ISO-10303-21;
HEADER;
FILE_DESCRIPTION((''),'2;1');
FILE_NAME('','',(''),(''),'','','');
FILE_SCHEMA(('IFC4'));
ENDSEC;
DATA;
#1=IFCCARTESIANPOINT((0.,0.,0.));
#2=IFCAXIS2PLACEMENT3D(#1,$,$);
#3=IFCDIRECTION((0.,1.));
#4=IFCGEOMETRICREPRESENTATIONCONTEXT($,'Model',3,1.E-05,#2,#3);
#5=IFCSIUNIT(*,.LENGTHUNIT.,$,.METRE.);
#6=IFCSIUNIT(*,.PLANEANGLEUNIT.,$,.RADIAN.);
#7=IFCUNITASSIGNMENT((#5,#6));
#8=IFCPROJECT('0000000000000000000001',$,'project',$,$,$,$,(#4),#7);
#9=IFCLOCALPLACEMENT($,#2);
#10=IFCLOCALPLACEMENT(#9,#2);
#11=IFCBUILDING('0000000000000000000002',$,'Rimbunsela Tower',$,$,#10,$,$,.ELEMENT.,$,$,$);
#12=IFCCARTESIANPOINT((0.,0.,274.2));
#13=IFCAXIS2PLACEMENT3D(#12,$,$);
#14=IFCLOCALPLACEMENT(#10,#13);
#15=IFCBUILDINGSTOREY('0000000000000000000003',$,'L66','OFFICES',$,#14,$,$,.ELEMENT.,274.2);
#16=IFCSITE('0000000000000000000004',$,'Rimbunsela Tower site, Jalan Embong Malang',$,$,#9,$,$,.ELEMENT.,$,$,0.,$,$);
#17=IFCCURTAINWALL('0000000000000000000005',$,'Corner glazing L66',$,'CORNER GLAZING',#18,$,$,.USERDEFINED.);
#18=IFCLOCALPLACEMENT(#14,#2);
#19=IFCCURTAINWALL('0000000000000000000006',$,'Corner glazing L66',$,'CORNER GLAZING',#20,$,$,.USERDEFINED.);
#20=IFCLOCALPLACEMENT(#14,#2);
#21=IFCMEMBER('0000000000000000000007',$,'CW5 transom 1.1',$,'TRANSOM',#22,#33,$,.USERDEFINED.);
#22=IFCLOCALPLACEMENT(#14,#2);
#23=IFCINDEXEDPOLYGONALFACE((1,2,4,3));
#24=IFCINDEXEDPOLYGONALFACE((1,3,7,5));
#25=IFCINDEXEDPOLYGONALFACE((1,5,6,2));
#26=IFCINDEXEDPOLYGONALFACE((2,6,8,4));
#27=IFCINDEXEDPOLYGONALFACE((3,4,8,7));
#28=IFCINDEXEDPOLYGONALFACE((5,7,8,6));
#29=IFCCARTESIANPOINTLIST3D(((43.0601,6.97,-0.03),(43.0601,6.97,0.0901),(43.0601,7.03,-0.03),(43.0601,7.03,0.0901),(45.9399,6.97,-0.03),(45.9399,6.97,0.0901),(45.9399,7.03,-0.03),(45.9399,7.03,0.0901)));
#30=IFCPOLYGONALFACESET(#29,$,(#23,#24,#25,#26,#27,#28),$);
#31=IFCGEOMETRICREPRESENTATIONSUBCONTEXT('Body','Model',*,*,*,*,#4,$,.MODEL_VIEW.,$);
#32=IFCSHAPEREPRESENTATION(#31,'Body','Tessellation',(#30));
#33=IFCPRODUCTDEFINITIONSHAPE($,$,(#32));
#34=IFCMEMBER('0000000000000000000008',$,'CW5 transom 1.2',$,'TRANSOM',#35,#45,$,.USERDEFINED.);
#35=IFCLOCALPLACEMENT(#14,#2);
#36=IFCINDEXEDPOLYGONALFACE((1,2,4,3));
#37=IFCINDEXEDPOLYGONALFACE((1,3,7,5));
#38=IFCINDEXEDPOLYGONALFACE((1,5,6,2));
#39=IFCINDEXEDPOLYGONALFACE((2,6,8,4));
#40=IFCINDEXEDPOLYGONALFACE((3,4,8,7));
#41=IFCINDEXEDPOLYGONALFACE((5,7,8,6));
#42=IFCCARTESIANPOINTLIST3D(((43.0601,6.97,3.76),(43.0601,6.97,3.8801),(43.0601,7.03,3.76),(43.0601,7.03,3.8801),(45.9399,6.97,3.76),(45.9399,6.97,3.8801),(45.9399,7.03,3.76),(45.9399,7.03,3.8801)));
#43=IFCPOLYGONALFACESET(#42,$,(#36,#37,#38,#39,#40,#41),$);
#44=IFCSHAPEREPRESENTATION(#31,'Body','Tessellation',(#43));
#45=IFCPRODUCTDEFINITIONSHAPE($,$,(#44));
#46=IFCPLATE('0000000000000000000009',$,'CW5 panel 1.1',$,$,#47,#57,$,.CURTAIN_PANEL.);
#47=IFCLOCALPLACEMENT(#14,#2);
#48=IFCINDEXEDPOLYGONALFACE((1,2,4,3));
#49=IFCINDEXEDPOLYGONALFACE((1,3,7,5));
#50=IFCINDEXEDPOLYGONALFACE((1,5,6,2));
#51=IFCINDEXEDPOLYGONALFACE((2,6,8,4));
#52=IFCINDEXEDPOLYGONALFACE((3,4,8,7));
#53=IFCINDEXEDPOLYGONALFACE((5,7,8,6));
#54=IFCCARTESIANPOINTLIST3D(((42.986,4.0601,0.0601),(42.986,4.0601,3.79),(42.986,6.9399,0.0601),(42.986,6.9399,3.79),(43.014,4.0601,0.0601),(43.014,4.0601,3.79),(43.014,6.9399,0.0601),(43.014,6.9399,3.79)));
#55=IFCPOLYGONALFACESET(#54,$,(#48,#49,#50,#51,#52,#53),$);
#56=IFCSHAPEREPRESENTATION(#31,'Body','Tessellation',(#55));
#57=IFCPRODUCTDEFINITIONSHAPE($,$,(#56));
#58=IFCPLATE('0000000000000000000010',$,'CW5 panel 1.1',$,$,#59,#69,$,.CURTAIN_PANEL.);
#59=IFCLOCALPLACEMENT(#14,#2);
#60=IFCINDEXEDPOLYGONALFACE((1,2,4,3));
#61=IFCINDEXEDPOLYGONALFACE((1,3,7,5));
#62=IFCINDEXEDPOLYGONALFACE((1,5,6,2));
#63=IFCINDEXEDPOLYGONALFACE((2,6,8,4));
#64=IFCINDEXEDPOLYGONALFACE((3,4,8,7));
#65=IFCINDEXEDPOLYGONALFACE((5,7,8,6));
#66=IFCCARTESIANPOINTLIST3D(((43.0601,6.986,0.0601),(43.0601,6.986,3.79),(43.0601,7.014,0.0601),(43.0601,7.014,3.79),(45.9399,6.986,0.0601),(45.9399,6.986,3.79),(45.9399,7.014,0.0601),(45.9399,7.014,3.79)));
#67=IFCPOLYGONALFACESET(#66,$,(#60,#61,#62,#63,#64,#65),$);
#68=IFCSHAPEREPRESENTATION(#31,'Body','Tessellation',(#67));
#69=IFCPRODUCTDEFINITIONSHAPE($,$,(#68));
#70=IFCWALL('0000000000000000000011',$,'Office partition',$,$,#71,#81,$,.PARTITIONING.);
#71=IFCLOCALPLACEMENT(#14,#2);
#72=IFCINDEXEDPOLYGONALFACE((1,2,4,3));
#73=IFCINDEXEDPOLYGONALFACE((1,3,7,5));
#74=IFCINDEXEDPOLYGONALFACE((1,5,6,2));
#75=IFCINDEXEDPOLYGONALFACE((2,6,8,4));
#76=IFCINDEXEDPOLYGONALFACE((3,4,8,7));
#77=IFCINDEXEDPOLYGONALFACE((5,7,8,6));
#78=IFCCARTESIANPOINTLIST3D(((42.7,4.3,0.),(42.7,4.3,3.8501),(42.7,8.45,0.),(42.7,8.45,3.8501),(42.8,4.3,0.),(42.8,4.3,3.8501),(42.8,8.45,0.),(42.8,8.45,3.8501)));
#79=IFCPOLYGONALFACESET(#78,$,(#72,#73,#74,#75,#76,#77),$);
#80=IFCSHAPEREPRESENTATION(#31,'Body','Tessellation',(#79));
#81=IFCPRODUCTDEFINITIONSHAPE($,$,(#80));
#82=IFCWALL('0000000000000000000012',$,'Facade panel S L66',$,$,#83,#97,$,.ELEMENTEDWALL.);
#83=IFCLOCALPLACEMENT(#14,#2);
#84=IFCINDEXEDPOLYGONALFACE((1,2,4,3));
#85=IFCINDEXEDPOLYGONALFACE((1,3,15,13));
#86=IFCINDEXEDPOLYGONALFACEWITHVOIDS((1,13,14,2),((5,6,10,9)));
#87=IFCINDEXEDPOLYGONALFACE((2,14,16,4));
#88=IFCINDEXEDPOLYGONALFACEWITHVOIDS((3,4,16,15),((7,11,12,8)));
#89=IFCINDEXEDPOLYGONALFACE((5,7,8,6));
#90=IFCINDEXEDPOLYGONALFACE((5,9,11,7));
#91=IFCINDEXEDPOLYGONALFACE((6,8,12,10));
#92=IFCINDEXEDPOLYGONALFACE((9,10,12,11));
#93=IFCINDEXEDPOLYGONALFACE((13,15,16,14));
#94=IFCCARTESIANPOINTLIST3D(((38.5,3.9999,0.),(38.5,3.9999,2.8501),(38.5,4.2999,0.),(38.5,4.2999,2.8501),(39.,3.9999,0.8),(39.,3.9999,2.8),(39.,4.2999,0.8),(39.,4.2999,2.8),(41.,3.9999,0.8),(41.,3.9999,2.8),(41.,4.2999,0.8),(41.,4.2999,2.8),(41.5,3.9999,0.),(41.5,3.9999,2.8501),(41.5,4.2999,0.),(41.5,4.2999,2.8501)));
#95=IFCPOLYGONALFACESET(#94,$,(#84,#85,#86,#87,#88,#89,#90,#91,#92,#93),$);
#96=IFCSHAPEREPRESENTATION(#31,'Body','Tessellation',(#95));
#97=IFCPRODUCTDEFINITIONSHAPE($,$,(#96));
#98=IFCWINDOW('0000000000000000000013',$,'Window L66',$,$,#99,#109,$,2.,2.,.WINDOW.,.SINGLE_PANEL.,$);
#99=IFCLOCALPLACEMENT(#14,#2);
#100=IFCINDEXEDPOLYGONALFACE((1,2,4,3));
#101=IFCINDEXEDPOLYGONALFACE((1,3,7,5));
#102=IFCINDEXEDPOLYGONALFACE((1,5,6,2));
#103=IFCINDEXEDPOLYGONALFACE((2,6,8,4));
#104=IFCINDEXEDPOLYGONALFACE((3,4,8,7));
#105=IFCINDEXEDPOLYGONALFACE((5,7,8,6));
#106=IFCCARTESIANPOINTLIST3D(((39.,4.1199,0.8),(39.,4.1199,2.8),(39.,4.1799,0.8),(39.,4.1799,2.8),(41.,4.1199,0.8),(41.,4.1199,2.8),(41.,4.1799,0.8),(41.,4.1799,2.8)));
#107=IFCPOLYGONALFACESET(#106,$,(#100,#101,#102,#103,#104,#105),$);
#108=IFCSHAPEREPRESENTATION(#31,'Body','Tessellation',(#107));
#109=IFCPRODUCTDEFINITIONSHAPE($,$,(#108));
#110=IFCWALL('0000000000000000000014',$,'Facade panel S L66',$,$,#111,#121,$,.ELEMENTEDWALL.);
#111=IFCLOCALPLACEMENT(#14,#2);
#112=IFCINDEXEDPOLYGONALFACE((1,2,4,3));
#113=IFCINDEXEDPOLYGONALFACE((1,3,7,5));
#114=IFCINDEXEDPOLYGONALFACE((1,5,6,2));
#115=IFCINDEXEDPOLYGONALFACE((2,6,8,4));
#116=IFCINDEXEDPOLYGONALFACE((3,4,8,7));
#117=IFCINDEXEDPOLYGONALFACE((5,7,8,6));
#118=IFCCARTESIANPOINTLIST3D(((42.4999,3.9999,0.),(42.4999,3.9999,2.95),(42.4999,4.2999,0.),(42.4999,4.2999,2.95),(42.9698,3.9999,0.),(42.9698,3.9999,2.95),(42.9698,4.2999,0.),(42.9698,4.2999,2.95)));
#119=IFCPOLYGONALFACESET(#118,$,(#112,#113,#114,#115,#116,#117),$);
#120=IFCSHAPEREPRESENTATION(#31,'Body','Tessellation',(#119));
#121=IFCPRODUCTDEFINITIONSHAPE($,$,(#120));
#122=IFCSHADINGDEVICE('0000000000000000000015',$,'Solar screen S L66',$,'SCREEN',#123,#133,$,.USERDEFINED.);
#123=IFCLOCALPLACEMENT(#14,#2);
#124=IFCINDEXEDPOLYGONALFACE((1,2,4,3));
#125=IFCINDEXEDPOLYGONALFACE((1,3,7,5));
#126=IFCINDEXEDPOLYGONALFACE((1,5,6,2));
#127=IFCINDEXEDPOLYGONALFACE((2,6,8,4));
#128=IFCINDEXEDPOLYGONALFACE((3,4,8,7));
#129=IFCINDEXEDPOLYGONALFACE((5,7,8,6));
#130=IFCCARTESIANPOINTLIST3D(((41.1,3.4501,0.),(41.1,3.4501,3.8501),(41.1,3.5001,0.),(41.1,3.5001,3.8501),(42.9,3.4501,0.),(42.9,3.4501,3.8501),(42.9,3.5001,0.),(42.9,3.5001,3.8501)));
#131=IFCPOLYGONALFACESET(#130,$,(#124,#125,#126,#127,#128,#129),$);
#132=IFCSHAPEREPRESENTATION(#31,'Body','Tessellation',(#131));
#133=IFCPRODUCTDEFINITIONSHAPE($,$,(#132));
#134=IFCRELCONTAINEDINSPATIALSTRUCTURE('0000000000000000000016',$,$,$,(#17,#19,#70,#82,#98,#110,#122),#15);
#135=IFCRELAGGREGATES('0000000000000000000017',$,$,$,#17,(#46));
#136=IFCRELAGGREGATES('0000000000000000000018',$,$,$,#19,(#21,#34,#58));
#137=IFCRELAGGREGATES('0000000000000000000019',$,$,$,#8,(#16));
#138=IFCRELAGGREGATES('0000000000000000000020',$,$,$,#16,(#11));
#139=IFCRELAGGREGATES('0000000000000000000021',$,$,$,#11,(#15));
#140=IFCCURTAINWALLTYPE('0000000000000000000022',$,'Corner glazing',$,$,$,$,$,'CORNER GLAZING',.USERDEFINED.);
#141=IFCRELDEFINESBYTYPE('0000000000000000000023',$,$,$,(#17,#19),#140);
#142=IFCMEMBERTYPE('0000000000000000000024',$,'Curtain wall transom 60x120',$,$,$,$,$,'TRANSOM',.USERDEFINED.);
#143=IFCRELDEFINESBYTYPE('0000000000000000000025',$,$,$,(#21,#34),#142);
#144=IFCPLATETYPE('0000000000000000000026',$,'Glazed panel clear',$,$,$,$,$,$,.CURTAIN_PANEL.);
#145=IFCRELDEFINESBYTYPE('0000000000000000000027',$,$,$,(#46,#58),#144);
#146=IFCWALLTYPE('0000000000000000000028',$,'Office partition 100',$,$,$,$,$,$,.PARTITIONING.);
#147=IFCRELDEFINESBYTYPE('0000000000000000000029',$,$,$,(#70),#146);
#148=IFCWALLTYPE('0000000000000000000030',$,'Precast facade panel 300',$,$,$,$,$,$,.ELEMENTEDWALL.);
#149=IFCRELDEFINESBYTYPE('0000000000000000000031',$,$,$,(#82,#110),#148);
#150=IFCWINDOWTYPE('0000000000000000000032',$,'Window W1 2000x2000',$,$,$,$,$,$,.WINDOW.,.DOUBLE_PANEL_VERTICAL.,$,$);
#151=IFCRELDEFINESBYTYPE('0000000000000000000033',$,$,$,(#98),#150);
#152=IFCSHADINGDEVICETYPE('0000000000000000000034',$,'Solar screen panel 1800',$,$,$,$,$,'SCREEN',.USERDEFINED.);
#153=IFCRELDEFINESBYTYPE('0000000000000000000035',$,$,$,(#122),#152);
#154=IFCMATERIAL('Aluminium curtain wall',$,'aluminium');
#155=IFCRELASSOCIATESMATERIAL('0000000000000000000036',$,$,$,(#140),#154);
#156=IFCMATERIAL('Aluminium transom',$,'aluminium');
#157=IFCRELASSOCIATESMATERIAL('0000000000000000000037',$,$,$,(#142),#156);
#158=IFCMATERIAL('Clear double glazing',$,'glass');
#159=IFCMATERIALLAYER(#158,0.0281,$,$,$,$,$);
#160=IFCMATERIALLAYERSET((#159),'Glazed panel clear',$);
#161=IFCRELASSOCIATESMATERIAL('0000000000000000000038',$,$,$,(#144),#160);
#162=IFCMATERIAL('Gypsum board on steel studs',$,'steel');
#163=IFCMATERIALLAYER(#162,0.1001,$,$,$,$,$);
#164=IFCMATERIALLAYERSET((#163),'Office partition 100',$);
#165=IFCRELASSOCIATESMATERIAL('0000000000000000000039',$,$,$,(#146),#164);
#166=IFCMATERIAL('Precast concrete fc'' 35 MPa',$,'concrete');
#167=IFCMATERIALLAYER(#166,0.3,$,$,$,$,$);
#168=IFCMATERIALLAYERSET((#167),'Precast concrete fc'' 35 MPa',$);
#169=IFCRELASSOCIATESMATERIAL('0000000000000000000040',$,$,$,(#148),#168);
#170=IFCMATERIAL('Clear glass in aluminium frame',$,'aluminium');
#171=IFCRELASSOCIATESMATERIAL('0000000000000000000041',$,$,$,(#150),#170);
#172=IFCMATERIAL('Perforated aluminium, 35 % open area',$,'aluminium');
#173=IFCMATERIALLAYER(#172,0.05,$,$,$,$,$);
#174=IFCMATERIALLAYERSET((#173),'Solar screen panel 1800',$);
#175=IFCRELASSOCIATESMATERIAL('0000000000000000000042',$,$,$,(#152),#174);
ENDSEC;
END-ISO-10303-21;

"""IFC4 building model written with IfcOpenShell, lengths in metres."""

from ifc_helpers import new_model, si_unit, direction, frame, frame_2d, origin, origin_2d, place, context, subcontext, project, spatial, rectangle, extrude, material, layer, layer_set, material_profile, profile_set, type_object, element, fill, aggregate, save


model = new_model("IFC4")

# Units and contexts
model_context = context("Model", 3, precision=1e-05, world=origin(), true_north=direction((0.0, 1.0)))
body_context = subcontext(model_context, "Body", "Model", "MODEL_VIEW")
ifc_project = project(units=[si_unit("LENGTHUNIT", "METRE"), si_unit("PLANEANGLEUNIT", "RADIAN")], contexts=[model_context])

# Site, building, storey
site_placement = place(None, origin())
site = spatial("IfcSite", under=ifc_project, at=site_placement, Name="Rimbunsela Tower site, Jalan Embong Malang", CompositionType="ELEMENT", RefElevation=0.0)
building_placement = place(site_placement, origin())
building = spatial("IfcBuilding", under=site, at=building_placement, Name="Rimbunsela Tower", CompositionType="ELEMENT")
storey_placement = place(building_placement, frame((0.0, 0.0, 274.2)))
storey = spatial("IfcBuildingStorey", under=building, at=storey_placement, Name="L66", Description="OFFICES", CompositionType="ELEMENT", Elevation=274.2)

# Curtain wall
ifc_material_1 = material(Name="Aluminium curtain wall", Category="aluminium")
curtain_wall_type = type_object("IfcCurtainWallType", Name="Corner glazing", ElementType="CORNER GLAZING", PredefinedType="USERDEFINED", material=ifc_material_1)
curtain_wall_1_placement = place(storey_placement, origin())
curtain_wall_1 = element("IfcCurtainWall", 1, at=curtain_wall_1_placement, inside=storey, type_object=curtain_wall_type, Name="Corner glazing L66", ObjectType="CORNER GLAZING", PredefinedType="USERDEFINED")

# Curtain wall
curtain_wall_2_placement = place(storey_placement, origin())
curtain_wall_2 = element("IfcCurtainWall", 2, at=curtain_wall_2_placement, inside=storey, type_object=curtain_wall_type, Name="Corner glazing L66", ObjectType="CORNER GLAZING", PredefinedType="USERDEFINED")

# Members
ifc_material_2 = material(Name="Aluminium transom", Category="aluminium")
ifc_material_profile_1 = material_profile(ifc_material_2, rectangle(XDim=0.0601, YDim=0.1201, at=origin_2d()), Name="Transom 60x120")
ifc_profile_set_1 = profile_set([ifc_material_profile_1], Name="Aluminium transom")
member_type_1 = type_object("IfcMemberType", Name="Curtain wall transom 60x120", ElementType="TRANSOM", PredefinedType="USERDEFINED", material=ifc_profile_set_1)
member_1_placement = place(storey_placement, frame((43.0601, 7.0, 0.03), z_axis=(1.0, 0.0, 0.0), x_axis=(0.0, 1.0, 0.0)))
member_1 = element("IfcMember", 3, at=member_1_placement, type_object=member_type_1, Name="CW5 transom 1.1", ObjectType="TRANSOM", PredefinedType="USERDEFINED", context=body_context, shape_type="SweptSolid", body=[
    extrude(rectangle(XDim=0.0601, YDim=0.1201, at=origin_2d()), origin(), (0.0, 0.0, 1.0), 2.8799),
])
member_2_placement = place(storey_placement, frame((43.0601, 7.0, 3.8201), z_axis=(1.0, 0.0, 0.0), x_axis=(0.0, 1.0, 0.0)))
member_2 = element("IfcMember", 4, at=member_2_placement, type_object=member_type_1, Name="CW5 transom 1.2", ObjectType="TRANSOM", PredefinedType="USERDEFINED", context=body_context, shape_type="SweptSolid", body=[
    extrude(rectangle(XDim=0.0601, YDim=0.1201, at=origin_2d()), origin(), (0.0, 0.0, 1.0), 2.8799),
])

# Plates
ifc_material_3 = material(Name="Clear double glazing", Category="glass")
ifc_layer_1 = layer(ifc_material_3, 0.0281)
ifc_layer_set_1 = layer_set([ifc_layer_1], Name="Glazed panel clear")
plate_type = type_object("IfcPlateType", Name="Glazed panel clear", PredefinedType="CURTAIN_PANEL", material=ifc_layer_set_1)
plate_1_placement = place(storey_placement, frame((43.0, 5.5, 0.0601), z_axis=(0.0, 0.0, 1.0), x_axis=(0.0, 1.0, 0.0)))
plate_1 = element("IfcPlate", 5, at=plate_1_placement, type_object=plate_type, Name="CW5 panel 1.1", PredefinedType="CURTAIN_PANEL", context=body_context, shape_type="SweptSolid", body=[
    extrude(rectangle(XDim=2.8799, YDim=0.0281, at=origin_2d()), origin(), (0.0, 0.0, 1.0), 3.73),
])
aggregate(curtain_wall_1, [plate_1])
plate_2_placement = place(storey_placement, frame((44.5, 7.0, 0.0601), z_axis=(0.0, 0.0, 1.0), x_axis=(1.0, 0.0, 0.0)))
plate_2 = element("IfcPlate", 6, at=plate_2_placement, type_object=plate_type, Name="CW5 panel 1.1", PredefinedType="CURTAIN_PANEL", context=body_context, shape_type="SweptSolid", body=[
    extrude(rectangle(XDim=2.8799, YDim=0.0281, at=origin_2d()), origin(), (0.0, 0.0, 1.0), 3.73),
])
aggregate(curtain_wall_2, [member_1, member_2, plate_2])

# Wall
ifc_material_4 = material(Name="Gypsum board on steel studs", Category="steel")
ifc_layer_2 = layer(ifc_material_4, 0.1001)
ifc_layer_set_2 = layer_set([ifc_layer_2], Name="Office partition 100")
wall_type_1 = type_object("IfcWallType", Name="Office partition 100", PredefinedType="PARTITIONING", material=ifc_layer_set_2)
wall_1_placement = place(storey_placement, frame((42.75, 4.3, 0.0), z_axis=(0.0, 0.0, 1.0), x_axis=(0.0, 1.0, 0.0)))
element("IfcWall", 7, at=wall_1_placement, inside=storey, type_object=wall_type_1, Name="Office partition", PredefinedType="PARTITIONING", context=body_context, shape_type="SweptSolid", body=[
    extrude(rectangle(XDim=4.1499, YDim=0.1001, at=frame_2d((2.075, 0.0))), origin(), (0.0, 0.0, 1.0), 3.8501),
])

# Wall, opening, window
ifc_material_5 = material(Name="Precast concrete fc' 35 MPa", Category="concrete")
ifc_layer_3 = layer(ifc_material_5, 0.3)
ifc_layer_set_3 = layer_set([ifc_layer_3], Name="Precast concrete fc' 35 MPa")
wall_type_2 = type_object("IfcWallType", Name="Precast facade panel 300", PredefinedType="ELEMENTEDWALL", material=ifc_layer_set_3)
wall_2_placement = place(storey_placement, frame((38.5, 4.1499, 0.0), z_axis=(0.0, 0.0, 1.0), x_axis=(1.0, 0.0, 0.0)))
wall_2 = element("IfcWall", 8, at=wall_2_placement, inside=storey, type_object=wall_type_2, Name="Facade panel S L66", PredefinedType="ELEMENTEDWALL", context=body_context, shape_type="SweptSolid", body=[
    extrude(rectangle(XDim=3.0, YDim=0.3, at=frame_2d((1.5, 0.0))), origin(), (0.0, 0.0, 1.0), 2.8501),
])
opening_placement = place(wall_2_placement, frame((0.5, 0.0, 0.8)))
opening = element("IfcOpeningElement", 9, at=opening_placement, cuts=wall_2, PredefinedType="OPENING", context=body_context, shape_type="SweptSolid", body=[
    extrude(rectangle(XDim=2.0, YDim=2.0, at=frame_2d((1.0, 1.0))), frame((0.0, 0.1599, 0.0), z_axis=(0.0, -1.0, 0.0), x_axis=(1.0, 0.0, 0.0)), (0.0, 0.0, 1.0), 0.3201),
])
ifc_material_6 = material(Name="Clear glass in aluminium frame", Category="aluminium")
window_type = type_object("IfcWindowType", Name="Window W1 2000x2000", PartitioningType="DOUBLE_PANEL_VERTICAL", PredefinedType="WINDOW", material=ifc_material_6)
window_placement = place(opening_placement, origin())
window = element("IfcWindow", 10, at=window_placement, inside=storey, type_object=window_type, Name="Window L66", OverallHeight=2.0, OverallWidth=2.0, PartitioningType="SINGLE_PANEL", PredefinedType="WINDOW", context=body_context, shape_type="SweptSolid", body=[
    extrude(rectangle(XDim=2.0, YDim=2.0, at=frame_2d((1.0, 1.0))), frame((0.0, 0.03, 0.0), z_axis=(0.0, -1.0, 0.0), x_axis=(1.0, 0.0, 0.0)), (0.0, 0.0, 1.0), 0.0601),
])
fill(opening, window)

# Wall
wall_3_placement = place(storey_placement, frame((42.5, 4.1499, 0.0), z_axis=(0.0, 0.0, 1.0), x_axis=(1.0, 0.0, 0.0)))
element("IfcWall", 11, at=wall_3_placement, inside=storey, type_object=wall_type_2, Name="Facade panel S L66", PredefinedType="ELEMENTEDWALL", context=body_context, shape_type="SweptSolid", body=[
    extrude(rectangle(XDim=0.47, YDim=0.3, at=frame_2d((0.2349, 0.0))), origin(), (0.0, 0.0, 1.0), 2.95),
])

# Shading device
ifc_material_7 = material(Name="Perforated aluminium, 35 % open area", Category="aluminium")
ifc_layer_4 = layer(ifc_material_7, 0.05)
ifc_layer_set_4 = layer_set([ifc_layer_4], Name="Solar screen panel 1800")
shading_device_type = type_object("IfcShadingDeviceType", Name="Solar screen panel 1800", ElementType="SCREEN", PredefinedType="USERDEFINED", material=ifc_layer_set_4)
shading_device_placement = place(storey_placement, frame((42.0, 3.4751, 0.0), z_axis=(0.0, 0.0, 1.0), x_axis=(1.0, 0.0, 0.0)))
element("IfcShadingDevice", 12, at=shading_device_placement, inside=storey, type_object=shading_device_type, Name="Solar screen S L66", ObjectType="SCREEN", PredefinedType="USERDEFINED", context=body_context, shape_type="SweptSolid", body=[
    extrude(rectangle(XDim=1.8, YDim=0.05, at=origin_2d()), origin(), (0.0, 0.0, 1.0), 3.8501),
])

save(model, "model.ifc")
